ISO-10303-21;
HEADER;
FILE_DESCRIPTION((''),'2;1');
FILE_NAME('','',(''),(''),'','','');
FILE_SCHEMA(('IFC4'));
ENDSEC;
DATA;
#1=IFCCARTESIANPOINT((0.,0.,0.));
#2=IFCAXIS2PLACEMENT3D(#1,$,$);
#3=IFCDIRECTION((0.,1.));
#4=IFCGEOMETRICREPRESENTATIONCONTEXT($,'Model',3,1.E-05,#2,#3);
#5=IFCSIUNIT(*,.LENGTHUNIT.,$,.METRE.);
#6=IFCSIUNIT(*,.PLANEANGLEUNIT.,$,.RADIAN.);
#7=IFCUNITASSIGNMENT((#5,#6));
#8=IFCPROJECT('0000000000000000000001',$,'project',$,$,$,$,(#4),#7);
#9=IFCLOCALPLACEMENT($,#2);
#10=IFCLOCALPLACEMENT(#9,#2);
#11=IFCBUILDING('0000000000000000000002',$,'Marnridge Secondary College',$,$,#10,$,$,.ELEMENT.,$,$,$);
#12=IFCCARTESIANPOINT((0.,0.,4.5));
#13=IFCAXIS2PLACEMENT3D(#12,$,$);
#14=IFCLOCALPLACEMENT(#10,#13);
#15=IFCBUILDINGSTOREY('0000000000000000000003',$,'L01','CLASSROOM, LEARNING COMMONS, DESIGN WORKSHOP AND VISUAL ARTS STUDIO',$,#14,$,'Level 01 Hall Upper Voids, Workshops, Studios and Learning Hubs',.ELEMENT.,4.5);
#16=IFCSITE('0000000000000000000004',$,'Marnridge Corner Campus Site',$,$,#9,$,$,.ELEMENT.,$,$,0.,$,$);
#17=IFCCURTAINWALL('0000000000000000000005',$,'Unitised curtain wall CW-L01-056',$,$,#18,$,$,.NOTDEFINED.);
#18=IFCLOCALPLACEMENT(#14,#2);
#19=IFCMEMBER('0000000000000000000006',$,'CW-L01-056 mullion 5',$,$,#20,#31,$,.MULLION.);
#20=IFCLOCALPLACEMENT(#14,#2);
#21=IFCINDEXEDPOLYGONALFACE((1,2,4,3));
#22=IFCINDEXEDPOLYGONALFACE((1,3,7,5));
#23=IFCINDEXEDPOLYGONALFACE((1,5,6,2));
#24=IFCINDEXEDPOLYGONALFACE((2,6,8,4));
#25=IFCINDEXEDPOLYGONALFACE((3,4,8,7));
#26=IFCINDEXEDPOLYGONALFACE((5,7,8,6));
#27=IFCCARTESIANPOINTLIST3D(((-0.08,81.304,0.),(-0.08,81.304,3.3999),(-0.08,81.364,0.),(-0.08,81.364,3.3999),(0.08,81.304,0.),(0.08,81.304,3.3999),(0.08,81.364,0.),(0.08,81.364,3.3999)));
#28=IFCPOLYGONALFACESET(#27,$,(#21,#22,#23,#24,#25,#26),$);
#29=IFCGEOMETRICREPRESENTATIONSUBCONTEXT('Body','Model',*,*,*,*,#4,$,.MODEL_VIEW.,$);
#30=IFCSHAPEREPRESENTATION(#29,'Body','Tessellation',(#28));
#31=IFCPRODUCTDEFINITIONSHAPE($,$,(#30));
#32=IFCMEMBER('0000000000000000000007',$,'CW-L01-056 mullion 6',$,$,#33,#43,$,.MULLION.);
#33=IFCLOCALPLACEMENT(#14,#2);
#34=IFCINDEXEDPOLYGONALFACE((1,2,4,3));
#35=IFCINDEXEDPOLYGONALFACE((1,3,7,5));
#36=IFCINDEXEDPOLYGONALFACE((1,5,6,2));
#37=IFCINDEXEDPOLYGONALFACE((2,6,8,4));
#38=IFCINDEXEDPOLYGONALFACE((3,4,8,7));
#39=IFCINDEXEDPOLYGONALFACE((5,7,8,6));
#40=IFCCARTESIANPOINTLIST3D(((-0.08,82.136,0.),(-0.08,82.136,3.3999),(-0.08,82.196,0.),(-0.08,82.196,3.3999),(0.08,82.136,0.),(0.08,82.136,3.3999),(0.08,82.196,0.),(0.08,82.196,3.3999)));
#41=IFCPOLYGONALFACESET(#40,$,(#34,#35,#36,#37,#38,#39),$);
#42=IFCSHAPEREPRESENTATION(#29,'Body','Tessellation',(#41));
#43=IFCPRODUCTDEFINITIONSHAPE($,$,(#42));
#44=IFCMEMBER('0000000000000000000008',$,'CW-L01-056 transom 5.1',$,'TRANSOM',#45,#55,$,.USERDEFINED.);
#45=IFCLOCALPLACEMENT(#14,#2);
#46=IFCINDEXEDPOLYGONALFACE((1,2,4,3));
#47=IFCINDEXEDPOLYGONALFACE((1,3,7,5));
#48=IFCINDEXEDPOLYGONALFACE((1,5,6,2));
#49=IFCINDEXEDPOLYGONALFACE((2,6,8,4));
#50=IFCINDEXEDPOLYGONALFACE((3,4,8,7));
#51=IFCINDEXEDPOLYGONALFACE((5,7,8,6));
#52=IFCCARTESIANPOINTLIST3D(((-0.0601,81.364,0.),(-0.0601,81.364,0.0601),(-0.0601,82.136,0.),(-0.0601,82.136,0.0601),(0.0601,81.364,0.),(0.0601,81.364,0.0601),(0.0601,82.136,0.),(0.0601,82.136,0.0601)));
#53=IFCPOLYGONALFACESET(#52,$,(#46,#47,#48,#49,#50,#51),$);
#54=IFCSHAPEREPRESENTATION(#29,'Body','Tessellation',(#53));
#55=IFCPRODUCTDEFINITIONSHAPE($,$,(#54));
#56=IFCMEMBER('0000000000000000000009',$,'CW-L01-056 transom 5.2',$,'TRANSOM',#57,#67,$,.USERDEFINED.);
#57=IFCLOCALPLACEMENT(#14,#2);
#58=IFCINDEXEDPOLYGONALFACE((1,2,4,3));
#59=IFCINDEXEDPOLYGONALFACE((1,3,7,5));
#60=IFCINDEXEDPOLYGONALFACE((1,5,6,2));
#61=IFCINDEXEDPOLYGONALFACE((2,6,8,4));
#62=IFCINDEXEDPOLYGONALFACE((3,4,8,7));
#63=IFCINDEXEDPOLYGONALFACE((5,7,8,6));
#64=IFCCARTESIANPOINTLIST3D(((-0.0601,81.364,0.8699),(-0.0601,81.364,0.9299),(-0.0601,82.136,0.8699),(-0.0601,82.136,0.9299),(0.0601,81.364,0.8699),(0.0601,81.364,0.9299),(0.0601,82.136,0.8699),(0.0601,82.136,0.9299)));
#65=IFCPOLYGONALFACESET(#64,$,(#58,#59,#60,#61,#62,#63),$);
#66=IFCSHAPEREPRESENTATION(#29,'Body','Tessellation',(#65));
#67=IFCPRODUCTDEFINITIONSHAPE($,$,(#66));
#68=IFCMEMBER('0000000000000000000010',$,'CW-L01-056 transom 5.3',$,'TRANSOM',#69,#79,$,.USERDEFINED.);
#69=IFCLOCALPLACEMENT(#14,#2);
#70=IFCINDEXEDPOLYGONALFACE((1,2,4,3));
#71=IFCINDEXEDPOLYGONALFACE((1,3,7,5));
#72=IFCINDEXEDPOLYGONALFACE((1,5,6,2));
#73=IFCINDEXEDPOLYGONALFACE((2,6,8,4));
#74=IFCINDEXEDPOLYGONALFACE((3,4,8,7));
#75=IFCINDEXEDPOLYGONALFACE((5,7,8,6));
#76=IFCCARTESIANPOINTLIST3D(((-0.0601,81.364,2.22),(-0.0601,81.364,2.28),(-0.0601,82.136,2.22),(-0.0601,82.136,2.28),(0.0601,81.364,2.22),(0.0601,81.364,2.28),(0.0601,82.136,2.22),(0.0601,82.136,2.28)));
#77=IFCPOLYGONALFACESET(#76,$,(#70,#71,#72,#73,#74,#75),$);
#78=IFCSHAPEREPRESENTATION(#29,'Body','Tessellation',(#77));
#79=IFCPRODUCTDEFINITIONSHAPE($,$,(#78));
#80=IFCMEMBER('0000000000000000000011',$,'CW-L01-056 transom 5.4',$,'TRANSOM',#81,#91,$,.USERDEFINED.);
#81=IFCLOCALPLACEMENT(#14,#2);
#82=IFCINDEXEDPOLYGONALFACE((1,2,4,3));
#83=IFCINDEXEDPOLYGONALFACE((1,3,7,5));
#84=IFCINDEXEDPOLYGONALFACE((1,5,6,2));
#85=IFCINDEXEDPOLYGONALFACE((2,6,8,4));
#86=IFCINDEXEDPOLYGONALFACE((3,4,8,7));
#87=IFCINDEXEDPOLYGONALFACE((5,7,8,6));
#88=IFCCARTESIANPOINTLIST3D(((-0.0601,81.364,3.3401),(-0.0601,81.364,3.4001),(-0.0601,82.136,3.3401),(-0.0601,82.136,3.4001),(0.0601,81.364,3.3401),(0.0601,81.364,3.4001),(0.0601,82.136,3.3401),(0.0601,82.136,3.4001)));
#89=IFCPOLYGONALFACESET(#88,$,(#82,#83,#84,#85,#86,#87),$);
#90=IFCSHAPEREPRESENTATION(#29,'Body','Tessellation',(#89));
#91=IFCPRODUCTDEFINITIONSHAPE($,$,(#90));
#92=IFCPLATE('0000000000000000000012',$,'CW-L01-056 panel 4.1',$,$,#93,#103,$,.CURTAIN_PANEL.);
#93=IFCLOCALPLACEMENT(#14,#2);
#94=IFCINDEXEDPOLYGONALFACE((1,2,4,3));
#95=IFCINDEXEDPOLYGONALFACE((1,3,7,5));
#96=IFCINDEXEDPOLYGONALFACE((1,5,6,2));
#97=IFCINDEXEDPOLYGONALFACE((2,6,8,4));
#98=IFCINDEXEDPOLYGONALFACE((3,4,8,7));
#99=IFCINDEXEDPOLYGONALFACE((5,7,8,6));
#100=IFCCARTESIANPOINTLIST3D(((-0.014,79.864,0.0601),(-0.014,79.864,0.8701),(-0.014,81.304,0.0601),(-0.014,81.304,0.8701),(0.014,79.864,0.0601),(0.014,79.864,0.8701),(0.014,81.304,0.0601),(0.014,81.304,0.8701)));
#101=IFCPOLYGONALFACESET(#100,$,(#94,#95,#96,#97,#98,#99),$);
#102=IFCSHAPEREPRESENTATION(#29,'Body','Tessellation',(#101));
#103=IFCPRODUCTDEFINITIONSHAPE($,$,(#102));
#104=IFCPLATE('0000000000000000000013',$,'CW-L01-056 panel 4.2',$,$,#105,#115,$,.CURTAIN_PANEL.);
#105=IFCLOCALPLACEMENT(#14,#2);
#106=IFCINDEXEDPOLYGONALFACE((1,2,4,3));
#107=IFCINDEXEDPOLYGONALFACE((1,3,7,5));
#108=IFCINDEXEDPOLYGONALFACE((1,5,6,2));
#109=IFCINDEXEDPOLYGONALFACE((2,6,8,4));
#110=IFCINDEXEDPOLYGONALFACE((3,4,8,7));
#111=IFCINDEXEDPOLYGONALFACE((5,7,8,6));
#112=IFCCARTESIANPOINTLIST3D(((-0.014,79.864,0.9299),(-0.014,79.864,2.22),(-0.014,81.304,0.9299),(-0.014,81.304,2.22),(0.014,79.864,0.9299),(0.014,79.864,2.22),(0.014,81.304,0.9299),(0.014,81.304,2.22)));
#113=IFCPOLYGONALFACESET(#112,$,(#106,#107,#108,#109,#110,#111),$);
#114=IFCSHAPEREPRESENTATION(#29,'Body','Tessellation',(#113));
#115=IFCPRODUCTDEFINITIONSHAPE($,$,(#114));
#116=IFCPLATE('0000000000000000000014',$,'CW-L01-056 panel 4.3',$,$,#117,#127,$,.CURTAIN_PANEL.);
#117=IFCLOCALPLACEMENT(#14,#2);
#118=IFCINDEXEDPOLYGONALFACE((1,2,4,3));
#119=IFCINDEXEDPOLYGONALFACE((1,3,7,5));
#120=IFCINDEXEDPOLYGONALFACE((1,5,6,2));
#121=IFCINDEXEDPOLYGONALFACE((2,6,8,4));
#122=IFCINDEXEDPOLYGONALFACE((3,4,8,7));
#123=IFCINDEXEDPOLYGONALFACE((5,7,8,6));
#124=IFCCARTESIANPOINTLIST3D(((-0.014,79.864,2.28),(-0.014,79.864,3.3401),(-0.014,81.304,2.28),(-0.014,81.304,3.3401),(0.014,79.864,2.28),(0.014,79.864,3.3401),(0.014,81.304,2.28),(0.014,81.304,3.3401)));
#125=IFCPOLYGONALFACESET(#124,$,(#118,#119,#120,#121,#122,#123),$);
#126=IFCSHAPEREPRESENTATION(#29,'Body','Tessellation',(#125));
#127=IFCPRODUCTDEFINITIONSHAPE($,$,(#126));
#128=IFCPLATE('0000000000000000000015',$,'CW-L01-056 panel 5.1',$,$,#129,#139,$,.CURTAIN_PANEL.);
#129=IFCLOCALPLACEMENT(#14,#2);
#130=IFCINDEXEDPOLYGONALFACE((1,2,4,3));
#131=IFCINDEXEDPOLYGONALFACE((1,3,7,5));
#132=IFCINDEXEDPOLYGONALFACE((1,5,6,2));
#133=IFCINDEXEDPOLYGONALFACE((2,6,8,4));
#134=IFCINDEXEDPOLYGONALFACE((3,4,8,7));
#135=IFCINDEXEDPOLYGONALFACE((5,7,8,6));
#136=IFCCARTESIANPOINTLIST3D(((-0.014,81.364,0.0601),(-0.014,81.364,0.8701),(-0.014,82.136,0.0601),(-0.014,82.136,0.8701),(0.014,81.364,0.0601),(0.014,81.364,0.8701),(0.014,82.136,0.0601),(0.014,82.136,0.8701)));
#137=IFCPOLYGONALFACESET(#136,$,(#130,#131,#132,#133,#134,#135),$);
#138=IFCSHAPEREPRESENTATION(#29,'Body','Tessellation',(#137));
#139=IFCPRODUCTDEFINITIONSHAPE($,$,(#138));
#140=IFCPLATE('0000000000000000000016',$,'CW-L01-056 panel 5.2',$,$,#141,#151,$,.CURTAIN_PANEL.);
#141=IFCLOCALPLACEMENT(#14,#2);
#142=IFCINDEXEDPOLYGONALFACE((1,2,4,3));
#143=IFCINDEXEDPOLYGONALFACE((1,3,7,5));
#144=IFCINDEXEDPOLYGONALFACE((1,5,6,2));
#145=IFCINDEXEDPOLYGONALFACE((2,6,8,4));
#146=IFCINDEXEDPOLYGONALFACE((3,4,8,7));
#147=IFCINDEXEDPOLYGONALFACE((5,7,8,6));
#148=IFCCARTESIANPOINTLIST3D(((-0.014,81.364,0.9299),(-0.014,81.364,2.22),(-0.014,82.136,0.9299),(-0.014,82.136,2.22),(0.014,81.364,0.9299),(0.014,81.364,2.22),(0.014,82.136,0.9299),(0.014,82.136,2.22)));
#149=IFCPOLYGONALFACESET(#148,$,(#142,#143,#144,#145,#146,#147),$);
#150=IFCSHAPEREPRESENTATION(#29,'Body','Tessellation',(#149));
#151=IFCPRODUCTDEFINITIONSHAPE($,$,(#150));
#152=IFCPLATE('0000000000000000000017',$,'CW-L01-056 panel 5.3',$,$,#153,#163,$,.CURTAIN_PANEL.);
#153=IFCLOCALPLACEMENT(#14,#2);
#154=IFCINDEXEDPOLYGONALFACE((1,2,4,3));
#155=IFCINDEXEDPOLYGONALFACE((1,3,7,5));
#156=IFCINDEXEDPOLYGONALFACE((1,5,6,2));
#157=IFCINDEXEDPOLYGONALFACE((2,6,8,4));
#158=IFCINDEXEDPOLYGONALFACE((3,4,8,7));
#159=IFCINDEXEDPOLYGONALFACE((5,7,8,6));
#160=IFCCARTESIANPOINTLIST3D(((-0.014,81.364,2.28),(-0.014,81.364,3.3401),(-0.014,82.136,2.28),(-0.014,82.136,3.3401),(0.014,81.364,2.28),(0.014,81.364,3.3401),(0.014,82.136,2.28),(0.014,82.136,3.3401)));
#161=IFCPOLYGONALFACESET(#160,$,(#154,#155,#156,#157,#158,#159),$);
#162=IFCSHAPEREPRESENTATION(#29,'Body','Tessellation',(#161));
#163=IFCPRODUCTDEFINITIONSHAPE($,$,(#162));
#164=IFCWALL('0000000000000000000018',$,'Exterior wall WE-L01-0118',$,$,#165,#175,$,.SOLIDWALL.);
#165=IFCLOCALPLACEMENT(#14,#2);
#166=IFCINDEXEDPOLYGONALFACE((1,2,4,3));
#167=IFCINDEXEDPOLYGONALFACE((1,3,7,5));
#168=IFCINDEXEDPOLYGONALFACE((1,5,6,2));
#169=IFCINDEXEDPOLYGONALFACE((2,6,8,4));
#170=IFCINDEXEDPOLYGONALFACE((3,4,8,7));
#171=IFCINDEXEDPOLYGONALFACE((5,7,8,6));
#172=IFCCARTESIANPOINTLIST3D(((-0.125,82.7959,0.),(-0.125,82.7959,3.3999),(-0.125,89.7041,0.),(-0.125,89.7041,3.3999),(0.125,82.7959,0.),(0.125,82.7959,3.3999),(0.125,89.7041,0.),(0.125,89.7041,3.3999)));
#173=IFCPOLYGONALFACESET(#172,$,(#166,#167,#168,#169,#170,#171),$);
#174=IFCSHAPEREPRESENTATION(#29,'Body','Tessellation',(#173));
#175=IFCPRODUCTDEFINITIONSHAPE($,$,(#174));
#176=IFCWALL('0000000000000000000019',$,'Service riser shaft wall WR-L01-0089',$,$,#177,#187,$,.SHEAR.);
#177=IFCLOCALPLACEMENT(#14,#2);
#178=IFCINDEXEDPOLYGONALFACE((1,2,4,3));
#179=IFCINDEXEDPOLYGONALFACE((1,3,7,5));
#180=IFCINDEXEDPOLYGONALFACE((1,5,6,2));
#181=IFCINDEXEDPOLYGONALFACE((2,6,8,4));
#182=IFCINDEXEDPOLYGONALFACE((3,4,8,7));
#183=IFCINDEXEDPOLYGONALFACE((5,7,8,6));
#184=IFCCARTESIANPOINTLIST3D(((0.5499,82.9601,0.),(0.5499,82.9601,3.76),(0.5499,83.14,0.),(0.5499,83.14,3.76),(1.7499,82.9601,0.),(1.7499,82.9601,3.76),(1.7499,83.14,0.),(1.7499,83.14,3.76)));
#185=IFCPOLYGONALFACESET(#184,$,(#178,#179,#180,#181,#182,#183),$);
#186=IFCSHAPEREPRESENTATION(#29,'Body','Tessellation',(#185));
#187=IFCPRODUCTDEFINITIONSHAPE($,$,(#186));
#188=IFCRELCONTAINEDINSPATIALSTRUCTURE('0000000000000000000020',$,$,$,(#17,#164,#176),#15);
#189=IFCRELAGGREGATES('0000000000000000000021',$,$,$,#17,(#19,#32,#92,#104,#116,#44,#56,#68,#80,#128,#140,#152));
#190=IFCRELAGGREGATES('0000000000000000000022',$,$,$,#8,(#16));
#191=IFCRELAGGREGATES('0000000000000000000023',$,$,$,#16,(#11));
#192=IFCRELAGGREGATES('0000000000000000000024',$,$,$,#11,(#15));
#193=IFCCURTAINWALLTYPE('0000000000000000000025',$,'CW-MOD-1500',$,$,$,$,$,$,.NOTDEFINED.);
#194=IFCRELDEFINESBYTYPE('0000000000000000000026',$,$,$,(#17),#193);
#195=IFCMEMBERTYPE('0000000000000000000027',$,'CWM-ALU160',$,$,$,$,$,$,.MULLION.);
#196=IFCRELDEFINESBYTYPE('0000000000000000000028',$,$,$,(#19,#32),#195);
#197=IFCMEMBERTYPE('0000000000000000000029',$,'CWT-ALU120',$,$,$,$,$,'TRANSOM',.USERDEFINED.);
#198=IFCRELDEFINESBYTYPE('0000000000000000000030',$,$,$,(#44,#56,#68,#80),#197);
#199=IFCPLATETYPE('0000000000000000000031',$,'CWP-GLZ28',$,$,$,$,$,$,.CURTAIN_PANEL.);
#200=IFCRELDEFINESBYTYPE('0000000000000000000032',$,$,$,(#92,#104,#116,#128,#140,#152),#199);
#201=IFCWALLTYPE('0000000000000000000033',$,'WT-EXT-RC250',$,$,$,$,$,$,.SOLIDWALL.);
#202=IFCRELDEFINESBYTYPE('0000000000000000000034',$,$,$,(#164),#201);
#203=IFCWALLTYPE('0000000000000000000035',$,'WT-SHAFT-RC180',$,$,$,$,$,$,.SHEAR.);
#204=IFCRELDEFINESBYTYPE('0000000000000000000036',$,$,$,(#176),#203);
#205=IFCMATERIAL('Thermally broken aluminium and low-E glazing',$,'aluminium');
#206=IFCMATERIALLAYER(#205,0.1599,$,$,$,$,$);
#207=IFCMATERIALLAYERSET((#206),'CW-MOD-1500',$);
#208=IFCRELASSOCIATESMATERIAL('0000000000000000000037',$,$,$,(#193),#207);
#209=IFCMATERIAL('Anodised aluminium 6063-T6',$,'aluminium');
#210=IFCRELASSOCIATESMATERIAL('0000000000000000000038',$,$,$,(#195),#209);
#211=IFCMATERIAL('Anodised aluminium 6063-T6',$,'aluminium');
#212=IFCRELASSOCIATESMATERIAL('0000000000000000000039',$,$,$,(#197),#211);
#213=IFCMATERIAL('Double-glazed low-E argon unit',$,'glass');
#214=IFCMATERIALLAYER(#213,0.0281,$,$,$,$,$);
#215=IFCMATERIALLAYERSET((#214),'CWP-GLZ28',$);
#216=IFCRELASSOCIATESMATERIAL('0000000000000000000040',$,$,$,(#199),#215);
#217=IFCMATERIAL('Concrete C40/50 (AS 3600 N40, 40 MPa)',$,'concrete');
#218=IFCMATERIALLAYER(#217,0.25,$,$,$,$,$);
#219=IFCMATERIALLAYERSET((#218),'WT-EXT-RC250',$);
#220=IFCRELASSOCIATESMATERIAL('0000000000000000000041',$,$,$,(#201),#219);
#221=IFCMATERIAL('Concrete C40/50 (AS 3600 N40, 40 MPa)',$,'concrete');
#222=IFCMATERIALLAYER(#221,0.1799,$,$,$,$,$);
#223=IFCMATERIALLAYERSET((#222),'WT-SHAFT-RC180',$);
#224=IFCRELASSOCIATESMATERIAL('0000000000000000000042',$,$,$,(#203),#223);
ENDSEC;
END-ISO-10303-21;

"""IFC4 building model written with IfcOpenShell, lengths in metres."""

from ifc_helpers import new_model, si_unit, direction, frame, frame_2d, origin, origin_2d, place, context, subcontext, project, spatial, rectangle, extrude, material, layer, layer_set, material_profile, profile_set, type_object, element, aggregate, save


model = new_model("IFC4")

# Units and contexts
model_context = context("Model", 3, precision=1e-05, world=origin(), true_north=direction((0.0, 1.0)))
body_context = subcontext(model_context, "Body", "Model", "MODEL_VIEW")
ifc_project = project(units=[si_unit("LENGTHUNIT", "METRE"), si_unit("PLANEANGLEUNIT", "RADIAN")], contexts=[model_context])

# Site, building, storey
site_placement = place(None, origin())
site = spatial("IfcSite", under=ifc_project, at=site_placement, Name="Marnridge Corner Campus Site", CompositionType="ELEMENT", RefElevation=0.0)
building_placement = place(site_placement, origin())
building = spatial("IfcBuilding", under=site, at=building_placement, Name="Marnridge Secondary College", CompositionType="ELEMENT")
storey_placement = place(building_placement, frame((0.0, 0.0, 4.5)))
storey = spatial("IfcBuildingStorey", under=building, at=storey_placement, Name="L01", Description="CLASSROOM, LEARNING COMMONS, DESIGN WORKSHOP AND VISUAL ARTS STUDIO", LongName="Level 01 Hall Upper Voids, Workshops, Studios and Learning Hubs", CompositionType="ELEMENT", Elevation=4.5)

# Curtain wall, members, plates
ifc_material_1 = material(Name="Thermally broken aluminium and low-E glazing", Category="aluminium")
ifc_layer_1 = layer(ifc_material_1, 0.1599)
ifc_layer_set_1 = layer_set([ifc_layer_1], Name="CW-MOD-1500")
curtain_wall_type = type_object("IfcCurtainWallType", Name="CW-MOD-1500", PredefinedType="NOTDEFINED", material=ifc_layer_set_1)
curtain_wall_placement = place(storey_placement, origin())
curtain_wall = element("IfcCurtainWall", 1, at=curtain_wall_placement, inside=storey, type_object=curtain_wall_type, Name="Unitised curtain wall CW-L01-056", PredefinedType="NOTDEFINED")
ifc_material_2 = material(Name="Anodised aluminium 6063-T6", Category="aluminium")
ifc_material_profile_1 = material_profile(ifc_material_2, rectangle(XDim=0.0601, YDim=0.1599, at=origin_2d()), Name="ALU 60x160")
ifc_profile_set_1 = profile_set([ifc_material_profile_1], Name="Anodised aluminium 6063-T6")
member_type_1 = type_object("IfcMemberType", Name="CWM-ALU160", PredefinedType="MULLION", material=ifc_profile_set_1)
member_1_placement = place(storey_placement, frame((0.0, 81.334, 0.0), z_axis=(0.0, 0.0, 1.0), x_axis=(0.0, 1.0, 0.0)))
member_1 = element("IfcMember", 2, at=member_1_placement, type_object=member_type_1, Name="CW-L01-056 mullion 5", PredefinedType="MULLION", context=body_context, shape_type="SweptSolid", body=[
    extrude(rectangle(XDim=0.0601, YDim=0.1599, at=origin_2d()), origin(), (0.0, 0.0, 1.0), 3.3999),
])
member_2_placement = place(storey_placement, frame((0.0, 82.166, 0.0), z_axis=(0.0, 0.0, 1.0), x_axis=(0.0, 1.0, 0.0)))
member_2 = element("IfcMember", 3, at=member_2_placement, type_object=member_type_1, Name="CW-L01-056 mullion 6", PredefinedType="MULLION", context=body_context, shape_type="SweptSolid", body=[
    extrude(rectangle(XDim=0.0601, YDim=0.1599, at=origin_2d()), origin(), (0.0, 0.0, 1.0), 3.3999),
])
ifc_material_3 = material(Name="Anodised aluminium 6063-T6", Category="aluminium")
ifc_material_profile_2 = material_profile(ifc_material_3, rectangle(XDim=0.0601, YDim=0.1201, at=origin_2d()), Name="ALU 60x120")
ifc_profile_set_2 = profile_set([ifc_material_profile_2], Name="Anodised aluminium 6063-T6")
member_type_2 = type_object("IfcMemberType", Name="CWT-ALU120", ElementType="TRANSOM", PredefinedType="USERDEFINED", material=ifc_profile_set_2)
member_3_placement = place(storey_placement, frame((0.0, 81.364, 0.03), z_axis=(0.0, 1.0, 0.0), x_axis=(0.0, 0.0, 1.0)))
member_3 = element("IfcMember", 4, at=member_3_placement, type_object=member_type_2, Name="CW-L01-056 transom 5.1", ObjectType="TRANSOM", PredefinedType="USERDEFINED", context=body_context, shape_type="SweptSolid", body=[
    extrude(rectangle(XDim=0.0601, YDim=0.1201, at=origin_2d()), origin(), (0.0, 0.0, 1.0), 0.772),
])
member_4_placement = place(storey_placement, frame((0.0, 81.364, 0.8999), z_axis=(0.0, 1.0, 0.0), x_axis=(0.0, 0.0, 1.0)))
member_4 = element("IfcMember", 5, at=member_4_placement, type_object=member_type_2, Name="CW-L01-056 transom 5.2", ObjectType="TRANSOM", PredefinedType="USERDEFINED", context=body_context, shape_type="SweptSolid", body=[
    extrude(rectangle(XDim=0.0601, YDim=0.1201, at=origin_2d()), origin(), (0.0, 0.0, 1.0), 0.772),
])
member_5_placement = place(storey_placement, frame((0.0, 81.364, 2.25), z_axis=(0.0, 1.0, 0.0), x_axis=(0.0, 0.0, 1.0)))
member_5 = element("IfcMember", 6, at=member_5_placement, type_object=member_type_2, Name="CW-L01-056 transom 5.3", ObjectType="TRANSOM", PredefinedType="USERDEFINED", context=body_context, shape_type="SweptSolid", body=[
    extrude(rectangle(XDim=0.0601, YDim=0.1201, at=origin_2d()), origin(), (0.0, 0.0, 1.0), 0.772),
])
member_6_placement = place(storey_placement, frame((0.0, 81.364, 3.3701), z_axis=(0.0, 1.0, 0.0), x_axis=(0.0, 0.0, 1.0)))
member_6 = element("IfcMember", 7, at=member_6_placement, type_object=member_type_2, Name="CW-L01-056 transom 5.4", ObjectType="TRANSOM", PredefinedType="USERDEFINED", context=body_context, shape_type="SweptSolid", body=[
    extrude(rectangle(XDim=0.0601, YDim=0.1201, at=origin_2d()), origin(), (0.0, 0.0, 1.0), 0.772),
])
ifc_material_4 = material(Name="Double-glazed low-E argon unit", Category="glass")
ifc_layer_2 = layer(ifc_material_4, 0.0281)
ifc_layer_set_2 = layer_set([ifc_layer_2], Name="CWP-GLZ28")
plate_type = type_object("IfcPlateType", Name="CWP-GLZ28", PredefinedType="CURTAIN_PANEL", material=ifc_layer_set_2)
plate_1_placement = place(storey_placement, frame((0.0, 80.584, 0.0601), z_axis=(0.0, 0.0, 1.0), x_axis=(0.0, 1.0, 0.0)))
plate_1 = element("IfcPlate", 8, at=plate_1_placement, type_object=plate_type, Name="CW-L01-056 panel 4.1", PredefinedType="CURTAIN_PANEL", context=body_context, shape_type="SweptSolid", body=[
    extrude(rectangle(XDim=1.4399, YDim=0.0281, at=origin_2d()), origin(), (0.0, 0.0, 1.0), 0.8101),
])
plate_2_placement = place(storey_placement, frame((0.0, 80.584, 0.9299), z_axis=(0.0, 0.0, 1.0), x_axis=(0.0, 1.0, 0.0)))
plate_2 = element("IfcPlate", 9, at=plate_2_placement, type_object=plate_type, Name="CW-L01-056 panel 4.2", PredefinedType="CURTAIN_PANEL", context=body_context, shape_type="SweptSolid", body=[
    extrude(rectangle(XDim=1.4399, YDim=0.0281, at=origin_2d()), origin(), (0.0, 0.0, 1.0), 1.29),
])
plate_3_placement = place(storey_placement, frame((0.0, 80.584, 2.28), z_axis=(0.0, 0.0, 1.0), x_axis=(0.0, 1.0, 0.0)))
plate_3 = element("IfcPlate", 10, at=plate_3_placement, type_object=plate_type, Name="CW-L01-056 panel 4.3", PredefinedType="CURTAIN_PANEL", context=body_context, shape_type="SweptSolid", body=[
    extrude(rectangle(XDim=1.4399, YDim=0.0281, at=origin_2d()), origin(), (0.0, 0.0, 1.0), 1.0601),
])
plate_4_placement = place(storey_placement, frame((0.0, 81.75, 0.0601), z_axis=(0.0, 0.0, 1.0), x_axis=(0.0, 1.0, 0.0)))
plate_4 = element("IfcPlate", 11, at=plate_4_placement, type_object=plate_type, Name="CW-L01-056 panel 5.1", PredefinedType="CURTAIN_PANEL", context=body_context, shape_type="SweptSolid", body=[
    extrude(rectangle(XDim=0.772, YDim=0.0281, at=origin_2d()), origin(), (0.0, 0.0, 1.0), 0.8101),
])
plate_5_placement = place(storey_placement, frame((0.0, 81.75, 0.9299), z_axis=(0.0, 0.0, 1.0), x_axis=(0.0, 1.0, 0.0)))
plate_5 = element("IfcPlate", 12, at=plate_5_placement, type_object=plate_type, Name="CW-L01-056 panel 5.2", PredefinedType="CURTAIN_PANEL", context=body_context, shape_type="SweptSolid", body=[
    extrude(rectangle(XDim=0.772, YDim=0.0281, at=origin_2d()), origin(), (0.0, 0.0, 1.0), 1.29),
])
plate_6_placement = place(storey_placement, frame((0.0, 81.75, 2.28), z_axis=(0.0, 0.0, 1.0), x_axis=(0.0, 1.0, 0.0)))
plate_6 = element("IfcPlate", 13, at=plate_6_placement, type_object=plate_type, Name="CW-L01-056 panel 5.3", PredefinedType="CURTAIN_PANEL", context=body_context, shape_type="SweptSolid", body=[
    extrude(rectangle(XDim=0.772, YDim=0.0281, at=origin_2d()), origin(), (0.0, 0.0, 1.0), 1.0601),
])
aggregate(curtain_wall, [member_1, member_2, plate_1, plate_2, plate_3, member_3, member_4, member_5, member_6, plate_4, plate_5, plate_6])

# Walls
ifc_material_5 = material(Name="Concrete C40/50 (AS 3600 N40, 40 MPa)", Category="concrete")
ifc_layer_3 = layer(ifc_material_5, 0.25)
ifc_layer_set_3 = layer_set([ifc_layer_3], Name="WT-EXT-RC250")
wall_type_1 = type_object("IfcWallType", Name="WT-EXT-RC250", PredefinedType="SOLIDWALL", material=ifc_layer_set_3)
wall_placement = place(storey_placement, frame((0.0, 82.7959, 0.0), z_axis=(0.0, 0.0, 1.0), x_axis=(0.0, 1.0, 0.0)))
element("IfcWall", 14, at=wall_placement, inside=storey, type_object=wall_type_1, Name="Exterior wall WE-L01-0118", PredefinedType="SOLIDWALL", context=body_context, shape_type="SweptSolid", body=[
    extrude(rectangle(XDim=6.9082, YDim=0.25, at=frame_2d((3.4541, 0.0))), origin(), (0.0, 0.0, 1.0), 3.3999),
])
ifc_material_6 = material(Name="Concrete C40/50 (AS 3600 N40, 40 MPa)", Category="concrete")
ifc_layer_4 = layer(ifc_material_6, 0.1799)
ifc_layer_set_4 = layer_set([ifc_layer_4], Name="WT-SHAFT-RC180")
wall_type_2 = type_object("IfcWallType", Name="WT-SHAFT-RC180", PredefinedType="SHEAR", material=ifc_layer_set_4)
for number, where, z_axis, x_axis, name in (
    (15, (1.75, 83.05, 0.0), (0.0, 0.0, 1.0), (-1.0, 0.0, 0.0), "Service riser shaft wall WR-L01-0089"),
):
    element("IfcWall", number, at=place(storey_placement, frame(where, z_axis=z_axis, x_axis=x_axis)), inside=storey, type_object=wall_type_2, Name=name, PredefinedType="SHEAR", context=body_context, shape_type="SweptSolid", body=[
        extrude(rectangle(XDim=1.2, YDim=0.1799, at=frame_2d((0.6001, 0.0))), origin(), (0.0, 0.0, 1.0), 3.76),
    ])

save(model, "model.ifc")
